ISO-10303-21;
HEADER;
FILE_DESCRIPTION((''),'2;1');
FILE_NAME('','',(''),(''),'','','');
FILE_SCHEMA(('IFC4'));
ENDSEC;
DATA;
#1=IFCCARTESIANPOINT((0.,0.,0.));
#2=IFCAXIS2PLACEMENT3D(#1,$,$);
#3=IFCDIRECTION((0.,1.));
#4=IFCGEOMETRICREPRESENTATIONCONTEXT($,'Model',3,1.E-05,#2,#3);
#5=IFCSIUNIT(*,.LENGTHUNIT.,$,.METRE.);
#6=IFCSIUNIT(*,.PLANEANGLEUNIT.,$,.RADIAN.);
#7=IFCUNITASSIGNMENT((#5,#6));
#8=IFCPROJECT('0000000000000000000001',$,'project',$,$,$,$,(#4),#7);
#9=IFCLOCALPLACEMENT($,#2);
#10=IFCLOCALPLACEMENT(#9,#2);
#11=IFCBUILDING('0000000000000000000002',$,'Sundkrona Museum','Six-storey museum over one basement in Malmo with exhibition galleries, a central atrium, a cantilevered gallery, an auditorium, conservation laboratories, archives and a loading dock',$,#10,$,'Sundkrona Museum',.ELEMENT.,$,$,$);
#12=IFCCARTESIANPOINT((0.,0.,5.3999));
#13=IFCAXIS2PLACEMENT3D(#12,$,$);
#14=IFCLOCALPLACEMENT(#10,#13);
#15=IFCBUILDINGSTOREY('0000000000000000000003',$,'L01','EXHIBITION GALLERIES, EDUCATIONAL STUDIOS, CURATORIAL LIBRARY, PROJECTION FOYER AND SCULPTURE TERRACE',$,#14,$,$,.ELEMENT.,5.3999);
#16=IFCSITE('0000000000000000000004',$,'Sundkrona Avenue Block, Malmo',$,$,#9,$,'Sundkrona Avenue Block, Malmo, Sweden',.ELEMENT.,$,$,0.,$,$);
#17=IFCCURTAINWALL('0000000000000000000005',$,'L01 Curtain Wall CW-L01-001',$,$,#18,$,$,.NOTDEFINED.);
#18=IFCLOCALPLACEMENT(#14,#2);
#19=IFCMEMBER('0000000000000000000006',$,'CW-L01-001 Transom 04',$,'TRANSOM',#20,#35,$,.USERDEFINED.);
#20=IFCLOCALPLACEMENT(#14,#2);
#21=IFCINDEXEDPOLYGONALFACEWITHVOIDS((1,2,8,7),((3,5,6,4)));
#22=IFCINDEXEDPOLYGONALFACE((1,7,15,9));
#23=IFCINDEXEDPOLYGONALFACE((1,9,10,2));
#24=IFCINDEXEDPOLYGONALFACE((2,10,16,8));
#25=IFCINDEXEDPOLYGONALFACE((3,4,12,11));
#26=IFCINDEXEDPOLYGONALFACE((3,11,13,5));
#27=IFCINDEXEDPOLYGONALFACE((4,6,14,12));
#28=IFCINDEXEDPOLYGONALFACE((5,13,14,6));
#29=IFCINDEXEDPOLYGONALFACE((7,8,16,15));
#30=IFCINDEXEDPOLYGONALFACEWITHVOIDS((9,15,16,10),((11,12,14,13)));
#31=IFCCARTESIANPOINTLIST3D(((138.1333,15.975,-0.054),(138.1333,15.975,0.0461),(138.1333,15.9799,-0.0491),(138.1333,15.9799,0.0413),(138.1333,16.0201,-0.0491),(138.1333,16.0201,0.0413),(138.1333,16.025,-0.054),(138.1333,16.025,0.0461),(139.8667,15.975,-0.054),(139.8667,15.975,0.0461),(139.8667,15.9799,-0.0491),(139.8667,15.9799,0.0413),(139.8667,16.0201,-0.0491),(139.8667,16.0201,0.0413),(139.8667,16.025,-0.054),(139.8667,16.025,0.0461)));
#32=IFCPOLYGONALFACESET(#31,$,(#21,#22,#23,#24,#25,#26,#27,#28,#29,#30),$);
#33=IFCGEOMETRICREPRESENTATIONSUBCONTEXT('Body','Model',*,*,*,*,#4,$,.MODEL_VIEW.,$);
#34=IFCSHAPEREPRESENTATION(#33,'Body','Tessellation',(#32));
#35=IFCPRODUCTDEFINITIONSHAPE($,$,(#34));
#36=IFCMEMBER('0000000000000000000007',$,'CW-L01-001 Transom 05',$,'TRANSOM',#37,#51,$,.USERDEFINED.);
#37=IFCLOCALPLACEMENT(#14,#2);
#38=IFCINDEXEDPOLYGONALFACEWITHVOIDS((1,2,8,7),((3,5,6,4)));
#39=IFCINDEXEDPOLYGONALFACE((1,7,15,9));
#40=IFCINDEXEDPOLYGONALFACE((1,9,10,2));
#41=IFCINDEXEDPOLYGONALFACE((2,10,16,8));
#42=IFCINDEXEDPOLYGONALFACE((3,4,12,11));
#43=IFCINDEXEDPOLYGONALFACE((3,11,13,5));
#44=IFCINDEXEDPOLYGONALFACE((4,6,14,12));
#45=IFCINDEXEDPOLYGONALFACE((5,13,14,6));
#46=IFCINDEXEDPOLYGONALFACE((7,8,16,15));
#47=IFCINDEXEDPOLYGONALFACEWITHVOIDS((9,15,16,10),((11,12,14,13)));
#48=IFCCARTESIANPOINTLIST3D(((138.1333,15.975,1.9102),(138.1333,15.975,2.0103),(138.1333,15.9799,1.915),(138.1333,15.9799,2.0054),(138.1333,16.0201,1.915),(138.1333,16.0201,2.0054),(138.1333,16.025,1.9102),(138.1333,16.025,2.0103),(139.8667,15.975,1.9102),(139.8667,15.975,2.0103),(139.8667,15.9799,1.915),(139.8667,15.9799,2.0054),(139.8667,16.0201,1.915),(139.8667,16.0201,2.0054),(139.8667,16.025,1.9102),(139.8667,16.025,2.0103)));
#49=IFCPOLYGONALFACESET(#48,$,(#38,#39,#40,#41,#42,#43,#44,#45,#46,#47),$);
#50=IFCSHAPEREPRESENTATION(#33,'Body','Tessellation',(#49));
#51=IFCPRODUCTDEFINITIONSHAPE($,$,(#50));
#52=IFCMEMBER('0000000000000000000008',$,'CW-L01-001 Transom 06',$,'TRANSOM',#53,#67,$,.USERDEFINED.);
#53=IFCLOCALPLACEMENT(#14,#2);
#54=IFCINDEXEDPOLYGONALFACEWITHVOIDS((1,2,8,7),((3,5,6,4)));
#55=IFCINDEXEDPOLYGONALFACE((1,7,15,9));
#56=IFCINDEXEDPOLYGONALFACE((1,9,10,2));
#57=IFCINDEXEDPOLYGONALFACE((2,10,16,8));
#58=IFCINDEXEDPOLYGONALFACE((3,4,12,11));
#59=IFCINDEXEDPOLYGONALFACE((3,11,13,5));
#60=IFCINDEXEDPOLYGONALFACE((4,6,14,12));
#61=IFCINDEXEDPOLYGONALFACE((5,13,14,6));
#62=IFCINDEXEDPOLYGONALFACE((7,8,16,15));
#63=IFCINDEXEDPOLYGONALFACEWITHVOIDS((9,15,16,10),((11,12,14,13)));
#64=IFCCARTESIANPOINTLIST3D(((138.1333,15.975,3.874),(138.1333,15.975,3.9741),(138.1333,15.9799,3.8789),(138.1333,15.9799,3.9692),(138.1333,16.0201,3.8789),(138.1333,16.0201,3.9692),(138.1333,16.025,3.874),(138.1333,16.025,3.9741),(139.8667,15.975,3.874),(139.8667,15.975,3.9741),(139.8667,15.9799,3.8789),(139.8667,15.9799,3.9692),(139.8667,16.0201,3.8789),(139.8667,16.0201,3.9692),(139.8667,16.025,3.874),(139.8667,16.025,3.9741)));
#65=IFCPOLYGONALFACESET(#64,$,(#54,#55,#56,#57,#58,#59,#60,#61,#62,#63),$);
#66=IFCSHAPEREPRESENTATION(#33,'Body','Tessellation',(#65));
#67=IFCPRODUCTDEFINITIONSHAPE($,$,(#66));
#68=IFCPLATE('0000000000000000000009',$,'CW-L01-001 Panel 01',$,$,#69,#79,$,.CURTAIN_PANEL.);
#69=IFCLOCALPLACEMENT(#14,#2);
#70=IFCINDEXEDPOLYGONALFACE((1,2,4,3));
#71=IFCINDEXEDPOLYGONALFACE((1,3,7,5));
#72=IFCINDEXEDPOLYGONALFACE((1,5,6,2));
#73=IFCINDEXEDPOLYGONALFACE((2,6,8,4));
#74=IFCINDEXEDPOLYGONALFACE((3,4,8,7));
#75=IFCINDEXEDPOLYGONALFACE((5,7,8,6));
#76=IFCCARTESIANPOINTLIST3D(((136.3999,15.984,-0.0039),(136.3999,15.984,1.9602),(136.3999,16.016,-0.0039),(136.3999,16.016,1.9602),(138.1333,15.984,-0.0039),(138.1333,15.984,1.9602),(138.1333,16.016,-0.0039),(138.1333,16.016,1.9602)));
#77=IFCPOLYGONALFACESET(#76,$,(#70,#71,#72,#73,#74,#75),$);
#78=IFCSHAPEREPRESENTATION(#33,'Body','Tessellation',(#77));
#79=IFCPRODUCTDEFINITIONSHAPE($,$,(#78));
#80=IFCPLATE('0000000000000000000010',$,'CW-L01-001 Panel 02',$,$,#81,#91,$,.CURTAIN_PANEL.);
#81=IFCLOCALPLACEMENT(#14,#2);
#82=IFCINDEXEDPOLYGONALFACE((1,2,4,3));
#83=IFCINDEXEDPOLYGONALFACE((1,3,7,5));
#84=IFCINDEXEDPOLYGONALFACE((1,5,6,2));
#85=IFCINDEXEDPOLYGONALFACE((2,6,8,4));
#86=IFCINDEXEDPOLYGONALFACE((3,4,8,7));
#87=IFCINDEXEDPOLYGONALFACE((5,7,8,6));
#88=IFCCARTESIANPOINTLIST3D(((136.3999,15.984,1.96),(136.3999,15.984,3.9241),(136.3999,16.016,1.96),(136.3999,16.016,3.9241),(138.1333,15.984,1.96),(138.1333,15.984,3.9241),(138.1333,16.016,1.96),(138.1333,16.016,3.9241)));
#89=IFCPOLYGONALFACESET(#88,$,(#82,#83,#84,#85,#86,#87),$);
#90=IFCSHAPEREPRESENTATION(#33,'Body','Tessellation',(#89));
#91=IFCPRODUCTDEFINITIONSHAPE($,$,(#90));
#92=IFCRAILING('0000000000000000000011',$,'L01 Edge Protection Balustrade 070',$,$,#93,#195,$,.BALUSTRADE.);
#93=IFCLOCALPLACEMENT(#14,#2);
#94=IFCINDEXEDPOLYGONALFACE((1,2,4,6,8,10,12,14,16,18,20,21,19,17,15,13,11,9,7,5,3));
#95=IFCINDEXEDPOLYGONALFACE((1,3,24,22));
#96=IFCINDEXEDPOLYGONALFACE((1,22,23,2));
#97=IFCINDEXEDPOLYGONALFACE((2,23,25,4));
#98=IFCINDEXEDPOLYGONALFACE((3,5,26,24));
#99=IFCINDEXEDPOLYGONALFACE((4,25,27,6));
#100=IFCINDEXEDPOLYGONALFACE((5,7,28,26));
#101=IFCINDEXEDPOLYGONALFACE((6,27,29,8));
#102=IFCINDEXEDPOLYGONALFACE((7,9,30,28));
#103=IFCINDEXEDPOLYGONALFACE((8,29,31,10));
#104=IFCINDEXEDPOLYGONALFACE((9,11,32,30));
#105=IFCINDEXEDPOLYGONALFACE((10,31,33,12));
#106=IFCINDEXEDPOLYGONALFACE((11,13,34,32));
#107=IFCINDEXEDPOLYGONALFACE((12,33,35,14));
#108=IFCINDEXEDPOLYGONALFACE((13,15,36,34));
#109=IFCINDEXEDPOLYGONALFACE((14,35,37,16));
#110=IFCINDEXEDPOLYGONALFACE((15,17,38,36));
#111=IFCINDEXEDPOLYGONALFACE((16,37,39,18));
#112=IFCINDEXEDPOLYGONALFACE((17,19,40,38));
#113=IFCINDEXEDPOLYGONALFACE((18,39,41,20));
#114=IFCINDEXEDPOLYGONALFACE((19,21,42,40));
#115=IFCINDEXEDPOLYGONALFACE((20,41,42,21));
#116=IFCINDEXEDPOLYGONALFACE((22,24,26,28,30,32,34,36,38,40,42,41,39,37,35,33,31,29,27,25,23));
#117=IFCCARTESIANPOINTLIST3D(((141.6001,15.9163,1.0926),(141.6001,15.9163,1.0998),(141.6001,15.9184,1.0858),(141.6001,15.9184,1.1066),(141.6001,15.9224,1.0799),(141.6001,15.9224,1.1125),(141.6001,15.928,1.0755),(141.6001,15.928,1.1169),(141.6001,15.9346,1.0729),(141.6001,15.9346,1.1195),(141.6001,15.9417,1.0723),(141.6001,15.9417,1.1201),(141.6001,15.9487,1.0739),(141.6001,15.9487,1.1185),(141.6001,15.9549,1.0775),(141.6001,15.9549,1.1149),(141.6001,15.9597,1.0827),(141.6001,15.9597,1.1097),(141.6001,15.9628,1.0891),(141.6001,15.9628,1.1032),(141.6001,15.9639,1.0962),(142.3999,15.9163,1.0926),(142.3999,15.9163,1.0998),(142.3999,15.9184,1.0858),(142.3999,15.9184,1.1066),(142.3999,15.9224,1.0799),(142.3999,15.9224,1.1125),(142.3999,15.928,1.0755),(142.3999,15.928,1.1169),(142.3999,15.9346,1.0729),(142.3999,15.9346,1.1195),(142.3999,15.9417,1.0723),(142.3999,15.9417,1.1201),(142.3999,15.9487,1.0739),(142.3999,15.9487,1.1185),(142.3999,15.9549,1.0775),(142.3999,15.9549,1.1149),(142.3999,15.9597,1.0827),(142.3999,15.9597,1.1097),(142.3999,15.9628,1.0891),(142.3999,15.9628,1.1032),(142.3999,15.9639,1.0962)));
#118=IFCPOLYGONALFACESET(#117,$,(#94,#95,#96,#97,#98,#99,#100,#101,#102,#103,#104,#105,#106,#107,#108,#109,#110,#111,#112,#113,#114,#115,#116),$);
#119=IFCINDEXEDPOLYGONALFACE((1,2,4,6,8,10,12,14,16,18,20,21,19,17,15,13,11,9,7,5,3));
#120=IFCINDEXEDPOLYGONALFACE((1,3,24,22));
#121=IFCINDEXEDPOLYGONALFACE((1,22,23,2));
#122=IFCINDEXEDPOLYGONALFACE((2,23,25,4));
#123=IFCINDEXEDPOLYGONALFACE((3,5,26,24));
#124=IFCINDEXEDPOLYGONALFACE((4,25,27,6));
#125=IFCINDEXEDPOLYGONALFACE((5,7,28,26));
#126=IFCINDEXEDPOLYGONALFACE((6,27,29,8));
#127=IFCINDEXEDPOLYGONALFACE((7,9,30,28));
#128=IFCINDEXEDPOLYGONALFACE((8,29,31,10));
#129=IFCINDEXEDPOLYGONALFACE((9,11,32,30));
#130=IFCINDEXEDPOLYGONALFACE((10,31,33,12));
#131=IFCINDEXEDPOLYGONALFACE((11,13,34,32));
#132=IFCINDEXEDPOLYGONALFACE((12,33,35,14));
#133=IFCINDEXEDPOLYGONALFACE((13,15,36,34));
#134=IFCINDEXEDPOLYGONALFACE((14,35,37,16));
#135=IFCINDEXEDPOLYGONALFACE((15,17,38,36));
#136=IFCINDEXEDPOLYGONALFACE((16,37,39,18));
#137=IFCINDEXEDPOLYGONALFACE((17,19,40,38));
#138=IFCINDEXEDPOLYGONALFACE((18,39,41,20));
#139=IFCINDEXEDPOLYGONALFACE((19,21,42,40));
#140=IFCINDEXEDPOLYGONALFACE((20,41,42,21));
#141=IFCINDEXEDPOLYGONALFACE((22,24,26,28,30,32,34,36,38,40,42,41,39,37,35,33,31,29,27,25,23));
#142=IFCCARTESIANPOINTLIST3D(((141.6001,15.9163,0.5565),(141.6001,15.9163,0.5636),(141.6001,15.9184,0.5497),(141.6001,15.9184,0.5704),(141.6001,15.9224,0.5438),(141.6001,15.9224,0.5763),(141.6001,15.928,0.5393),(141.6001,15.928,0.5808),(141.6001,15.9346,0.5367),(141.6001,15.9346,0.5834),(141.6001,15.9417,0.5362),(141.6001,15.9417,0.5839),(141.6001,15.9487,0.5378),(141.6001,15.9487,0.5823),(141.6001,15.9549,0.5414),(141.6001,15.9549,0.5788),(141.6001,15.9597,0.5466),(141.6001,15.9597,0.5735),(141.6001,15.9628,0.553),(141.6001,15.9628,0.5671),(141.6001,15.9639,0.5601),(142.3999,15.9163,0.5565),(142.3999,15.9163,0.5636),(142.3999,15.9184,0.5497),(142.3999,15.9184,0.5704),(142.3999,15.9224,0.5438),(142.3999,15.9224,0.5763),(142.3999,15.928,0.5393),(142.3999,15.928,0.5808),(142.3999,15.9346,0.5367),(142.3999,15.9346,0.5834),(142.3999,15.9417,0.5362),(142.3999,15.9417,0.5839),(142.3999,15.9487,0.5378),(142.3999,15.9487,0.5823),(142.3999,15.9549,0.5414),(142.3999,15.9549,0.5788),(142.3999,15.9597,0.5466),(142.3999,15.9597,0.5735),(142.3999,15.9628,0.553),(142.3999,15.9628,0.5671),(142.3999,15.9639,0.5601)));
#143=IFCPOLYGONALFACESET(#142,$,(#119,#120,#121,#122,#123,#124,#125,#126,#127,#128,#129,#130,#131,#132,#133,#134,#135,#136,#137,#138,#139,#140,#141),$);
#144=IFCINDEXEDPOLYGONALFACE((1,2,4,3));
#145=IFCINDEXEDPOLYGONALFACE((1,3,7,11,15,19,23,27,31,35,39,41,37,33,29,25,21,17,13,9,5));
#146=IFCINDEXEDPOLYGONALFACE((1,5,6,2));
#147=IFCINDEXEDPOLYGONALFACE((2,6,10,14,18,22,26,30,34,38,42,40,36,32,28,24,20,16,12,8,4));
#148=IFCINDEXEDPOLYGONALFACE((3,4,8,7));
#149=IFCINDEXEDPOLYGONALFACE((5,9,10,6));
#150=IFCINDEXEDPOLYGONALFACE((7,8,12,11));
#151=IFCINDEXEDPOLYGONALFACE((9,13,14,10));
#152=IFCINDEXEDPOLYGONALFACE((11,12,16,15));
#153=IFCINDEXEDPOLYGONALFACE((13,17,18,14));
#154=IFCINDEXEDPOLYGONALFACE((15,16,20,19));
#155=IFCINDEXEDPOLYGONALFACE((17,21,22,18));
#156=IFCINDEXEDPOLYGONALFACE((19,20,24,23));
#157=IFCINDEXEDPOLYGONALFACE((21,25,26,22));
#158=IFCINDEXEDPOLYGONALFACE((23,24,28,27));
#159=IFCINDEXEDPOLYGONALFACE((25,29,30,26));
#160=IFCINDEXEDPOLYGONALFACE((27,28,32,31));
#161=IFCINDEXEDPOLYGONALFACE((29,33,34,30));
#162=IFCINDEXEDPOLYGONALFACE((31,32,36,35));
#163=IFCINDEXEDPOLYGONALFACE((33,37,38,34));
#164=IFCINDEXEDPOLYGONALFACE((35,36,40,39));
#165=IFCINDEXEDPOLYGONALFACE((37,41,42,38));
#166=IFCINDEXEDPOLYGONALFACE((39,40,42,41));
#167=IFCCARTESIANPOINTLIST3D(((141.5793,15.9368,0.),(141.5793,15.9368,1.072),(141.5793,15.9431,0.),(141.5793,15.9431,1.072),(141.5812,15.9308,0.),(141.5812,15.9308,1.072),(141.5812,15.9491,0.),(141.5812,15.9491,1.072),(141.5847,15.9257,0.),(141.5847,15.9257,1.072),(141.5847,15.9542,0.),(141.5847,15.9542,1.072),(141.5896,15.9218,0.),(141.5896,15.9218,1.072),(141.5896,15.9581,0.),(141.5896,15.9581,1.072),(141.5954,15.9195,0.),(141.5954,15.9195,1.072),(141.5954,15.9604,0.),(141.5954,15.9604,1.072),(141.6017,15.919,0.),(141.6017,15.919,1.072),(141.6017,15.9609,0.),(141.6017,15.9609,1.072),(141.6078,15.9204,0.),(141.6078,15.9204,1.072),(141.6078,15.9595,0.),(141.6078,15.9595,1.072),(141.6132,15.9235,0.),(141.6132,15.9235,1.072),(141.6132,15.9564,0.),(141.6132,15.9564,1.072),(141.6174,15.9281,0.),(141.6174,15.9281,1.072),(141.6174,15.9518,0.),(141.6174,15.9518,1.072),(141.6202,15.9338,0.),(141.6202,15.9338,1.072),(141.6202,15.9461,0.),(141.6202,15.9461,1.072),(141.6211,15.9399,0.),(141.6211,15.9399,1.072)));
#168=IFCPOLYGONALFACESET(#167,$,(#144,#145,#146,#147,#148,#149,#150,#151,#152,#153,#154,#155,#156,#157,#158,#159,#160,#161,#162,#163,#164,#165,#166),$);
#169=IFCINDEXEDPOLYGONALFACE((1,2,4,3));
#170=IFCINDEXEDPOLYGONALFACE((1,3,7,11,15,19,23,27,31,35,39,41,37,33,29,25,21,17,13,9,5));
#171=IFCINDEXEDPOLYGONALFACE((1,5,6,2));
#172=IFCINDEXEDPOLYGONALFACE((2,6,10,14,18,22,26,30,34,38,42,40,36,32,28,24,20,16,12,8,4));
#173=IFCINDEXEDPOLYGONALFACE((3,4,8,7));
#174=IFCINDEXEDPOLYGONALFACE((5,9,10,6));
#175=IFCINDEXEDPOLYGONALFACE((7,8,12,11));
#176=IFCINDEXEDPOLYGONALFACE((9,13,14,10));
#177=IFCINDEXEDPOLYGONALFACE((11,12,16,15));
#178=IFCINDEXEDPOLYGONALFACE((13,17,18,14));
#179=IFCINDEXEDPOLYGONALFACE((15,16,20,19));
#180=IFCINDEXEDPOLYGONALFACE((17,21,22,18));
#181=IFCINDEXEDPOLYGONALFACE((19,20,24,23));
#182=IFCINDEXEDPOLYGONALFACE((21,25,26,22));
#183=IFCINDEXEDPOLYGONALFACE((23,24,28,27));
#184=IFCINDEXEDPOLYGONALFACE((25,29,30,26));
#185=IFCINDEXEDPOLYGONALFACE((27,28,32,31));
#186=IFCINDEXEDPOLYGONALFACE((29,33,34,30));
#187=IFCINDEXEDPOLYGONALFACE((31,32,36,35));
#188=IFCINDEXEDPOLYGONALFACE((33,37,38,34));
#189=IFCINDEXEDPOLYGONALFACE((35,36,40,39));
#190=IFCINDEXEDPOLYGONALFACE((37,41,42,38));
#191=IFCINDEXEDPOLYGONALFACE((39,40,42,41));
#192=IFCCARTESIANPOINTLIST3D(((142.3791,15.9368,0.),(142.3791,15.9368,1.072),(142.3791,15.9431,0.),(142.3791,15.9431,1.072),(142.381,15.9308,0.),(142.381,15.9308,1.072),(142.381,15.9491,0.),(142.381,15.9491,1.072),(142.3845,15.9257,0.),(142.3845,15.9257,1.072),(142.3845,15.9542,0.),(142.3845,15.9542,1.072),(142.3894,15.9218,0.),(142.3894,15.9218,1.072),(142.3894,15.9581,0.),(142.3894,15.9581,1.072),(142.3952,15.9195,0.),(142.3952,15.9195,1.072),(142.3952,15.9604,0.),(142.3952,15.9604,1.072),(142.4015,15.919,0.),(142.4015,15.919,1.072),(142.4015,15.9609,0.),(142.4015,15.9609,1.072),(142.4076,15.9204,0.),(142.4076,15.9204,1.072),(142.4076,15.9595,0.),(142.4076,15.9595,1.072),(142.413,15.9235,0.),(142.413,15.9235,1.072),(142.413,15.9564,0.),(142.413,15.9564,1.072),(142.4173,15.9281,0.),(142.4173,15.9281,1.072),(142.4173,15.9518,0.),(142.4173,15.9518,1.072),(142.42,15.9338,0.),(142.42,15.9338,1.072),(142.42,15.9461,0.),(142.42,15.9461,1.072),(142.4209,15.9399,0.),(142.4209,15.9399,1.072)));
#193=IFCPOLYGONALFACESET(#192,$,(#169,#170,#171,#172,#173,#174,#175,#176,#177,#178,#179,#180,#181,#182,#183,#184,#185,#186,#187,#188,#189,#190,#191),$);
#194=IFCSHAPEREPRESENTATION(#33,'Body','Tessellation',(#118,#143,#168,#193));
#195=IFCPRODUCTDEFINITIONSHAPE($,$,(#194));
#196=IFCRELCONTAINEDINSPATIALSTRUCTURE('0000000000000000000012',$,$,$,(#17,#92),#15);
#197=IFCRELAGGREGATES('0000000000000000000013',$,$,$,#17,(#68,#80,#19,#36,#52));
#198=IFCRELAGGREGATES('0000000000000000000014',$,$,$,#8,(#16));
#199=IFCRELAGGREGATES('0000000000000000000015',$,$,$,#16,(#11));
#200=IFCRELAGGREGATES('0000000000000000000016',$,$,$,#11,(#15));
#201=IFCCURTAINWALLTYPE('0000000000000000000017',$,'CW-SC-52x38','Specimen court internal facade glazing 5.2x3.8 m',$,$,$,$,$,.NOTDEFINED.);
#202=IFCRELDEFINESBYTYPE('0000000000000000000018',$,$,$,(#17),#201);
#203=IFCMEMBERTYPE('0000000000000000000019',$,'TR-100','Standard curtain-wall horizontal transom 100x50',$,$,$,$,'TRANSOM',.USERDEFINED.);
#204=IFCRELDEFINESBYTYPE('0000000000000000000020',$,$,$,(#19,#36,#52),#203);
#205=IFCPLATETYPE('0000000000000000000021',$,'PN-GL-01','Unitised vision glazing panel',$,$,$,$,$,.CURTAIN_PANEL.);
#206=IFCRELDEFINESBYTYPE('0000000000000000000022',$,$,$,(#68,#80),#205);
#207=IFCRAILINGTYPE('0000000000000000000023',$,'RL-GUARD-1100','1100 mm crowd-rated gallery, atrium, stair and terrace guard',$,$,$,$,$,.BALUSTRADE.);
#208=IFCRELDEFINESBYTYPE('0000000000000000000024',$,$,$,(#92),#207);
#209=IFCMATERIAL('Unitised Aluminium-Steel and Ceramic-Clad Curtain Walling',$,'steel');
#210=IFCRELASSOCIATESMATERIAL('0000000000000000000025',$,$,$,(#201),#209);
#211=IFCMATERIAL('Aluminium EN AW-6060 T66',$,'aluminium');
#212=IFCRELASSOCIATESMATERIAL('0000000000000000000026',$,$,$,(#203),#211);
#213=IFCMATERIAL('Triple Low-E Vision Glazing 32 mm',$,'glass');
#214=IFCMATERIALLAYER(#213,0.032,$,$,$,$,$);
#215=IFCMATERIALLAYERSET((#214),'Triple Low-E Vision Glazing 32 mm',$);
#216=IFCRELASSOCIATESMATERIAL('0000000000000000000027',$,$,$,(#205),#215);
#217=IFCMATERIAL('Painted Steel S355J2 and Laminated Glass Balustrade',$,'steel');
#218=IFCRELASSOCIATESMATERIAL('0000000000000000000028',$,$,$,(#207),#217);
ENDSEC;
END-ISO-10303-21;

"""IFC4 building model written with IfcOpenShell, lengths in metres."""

from ifc_helpers import new_model, si_unit, direction, frame, origin, origin_2d, place, context, subcontext, project, spatial, rectangle, hollow_rectangle, circle, extrude, material, layer, layer_set, material_profile, profile_set, type_object, element, aggregate, save


model = new_model("IFC4")

# Units and contexts
model_context = context("Model", 3, precision=1e-05, world=origin(), true_north=direction((0.0, 1.0)))
body_context = subcontext(model_context, "Body", "Model", "MODEL_VIEW")
ifc_project = project(units=[si_unit("LENGTHUNIT", "METRE"), si_unit("PLANEANGLEUNIT", "RADIAN")], contexts=[model_context])

# Site, building, storey
site_placement = place(None, origin())
site = spatial("IfcSite", under=ifc_project, at=site_placement, Name="Sundkrona Avenue Block, Malmo", LongName="Sundkrona Avenue Block, Malmo, Sweden", CompositionType="ELEMENT", RefElevation=0.0)
building_placement = place(site_placement, origin())
building = spatial("IfcBuilding", under=site, at=building_placement, Name="Sundkrona Museum", Description="Six-storey museum over one basement in Malmo with exhibition galleries, a central atrium, a cantilevered gallery, an auditorium, conservation laboratories, archives and a loading dock", LongName="Sundkrona Museum", CompositionType="ELEMENT")
storey_placement = place(building_placement, frame((0.0, 0.0, 5.3999)))
storey = spatial("IfcBuildingStorey", under=building, at=storey_placement, Name="L01", Description="EXHIBITION GALLERIES, EDUCATIONAL STUDIOS, CURATORIAL LIBRARY, PROJECTION FOYER AND SCULPTURE TERRACE", CompositionType="ELEMENT", Elevation=5.3999)

# Curtain wall, members, plates
ifc_material_1 = material(Name="Unitised Aluminium-Steel and Ceramic-Clad Curtain Walling", Category="steel")
curtain_wall_type = type_object("IfcCurtainWallType", Name="CW-SC-52x38", Description="Specimen court internal facade glazing 5.2x3.8 m", PredefinedType="NOTDEFINED", material=ifc_material_1)
curtain_wall_placement = place(storey_placement, origin())
curtain_wall = element("IfcCurtainWall", 1, at=curtain_wall_placement, inside=storey, type_object=curtain_wall_type, Name="L01 Curtain Wall CW-L01-001", PredefinedType="NOTDEFINED")
ifc_material_2 = material(Name="Aluminium EN AW-6060 T66", Category="aluminium")
ifc_material_profile_1 = material_profile(ifc_material_2, hollow_rectangle(XDim=0.05, YDim=0.1001, WallThickness=0.0049, at=origin_2d()), Name="RHS 100x50x5.0")
ifc_profile_set_1 = profile_set([ifc_material_profile_1], Name="Aluminium EN AW-6060 T66")
member_type_1 = type_object("IfcMemberType", Name="TR-100", Description="Standard curtain-wall horizontal transom 100x50", ElementType="TRANSOM", PredefinedType="USERDEFINED", material=ifc_profile_set_1)
member_1_placement = place(storey_placement, frame((138.1333, 16.0, -0.0039), z_axis=(1.0, 0.0, 0.0), x_axis=(0.0, 1.0, 0.0)))
member_1 = element("IfcMember", 2, at=member_1_placement, type_object=member_type_1, Name="CW-L01-001 Transom 04", ObjectType="TRANSOM", PredefinedType="USERDEFINED", context=body_context, shape_type="SweptSolid", body=[
    extrude(hollow_rectangle(XDim=0.05, YDim=0.1001, WallThickness=0.0049, at=origin_2d()), origin(), (0.0, 0.0, 1.0), 1.7334),
])
member_2_placement = place(storey_placement, frame((138.1333, 16.0, 1.9602), z_axis=(1.0, 0.0, 0.0), x_axis=(0.0, 1.0, 0.0)))
member_2 = element("IfcMember", 3, at=member_2_placement, type_object=member_type_1, Name="CW-L01-001 Transom 05", ObjectType="TRANSOM", PredefinedType="USERDEFINED", context=body_context, shape_type="SweptSolid", body=[
    extrude(hollow_rectangle(XDim=0.05, YDim=0.1001, WallThickness=0.0049, at=origin_2d()), origin(), (0.0, 0.0, 1.0), 1.7334),
])
member_3_placement = place(storey_placement, frame((138.1333, 16.0, 3.9241), z_axis=(1.0, 0.0, 0.0), x_axis=(0.0, 1.0, 0.0)))
member_3 = element("IfcMember", 4, at=member_3_placement, type_object=member_type_1, Name="CW-L01-001 Transom 06", ObjectType="TRANSOM", PredefinedType="USERDEFINED", context=body_context, shape_type="SweptSolid", body=[
    extrude(hollow_rectangle(XDim=0.05, YDim=0.1001, WallThickness=0.0049, at=origin_2d()), origin(), (0.0, 0.0, 1.0), 1.7334),
])
ifc_material_3 = material(Name="Triple Low-E Vision Glazing 32 mm", Category="glass")
ifc_layer = layer(ifc_material_3, 0.032)
ifc_layer_set = layer_set([ifc_layer], Name="Triple Low-E Vision Glazing 32 mm")
plate_type = type_object("IfcPlateType", Name="PN-GL-01", Description="Unitised vision glazing panel", PredefinedType="CURTAIN_PANEL", material=ifc_layer_set)
plate_1_placement = place(storey_placement, frame((137.2666, 16.0, -0.0039), z_axis=(0.0, 0.0, 1.0), x_axis=(1.0, 0.0, 0.0)))
plate_1 = element("IfcPlate", 5, at=plate_1_placement, type_object=plate_type, Name="CW-L01-001 Panel 01", PredefinedType="CURTAIN_PANEL", context=body_context, shape_type="SweptSolid", body=[
    extrude(rectangle(XDim=1.7334, YDim=0.032, at=origin_2d()), origin(), (0.0, 0.0, 1.0), 1.9641),
])
plate_2_placement = place(storey_placement, frame((137.2666, 16.0, 1.96), z_axis=(0.0, 0.0, 1.0), x_axis=(1.0, 0.0, 0.0)))
plate_2 = element("IfcPlate", 6, at=plate_2_placement, type_object=plate_type, Name="CW-L01-001 Panel 02", PredefinedType="CURTAIN_PANEL", context=body_context, shape_type="SweptSolid", body=[
    extrude(rectangle(XDim=1.7334, YDim=0.032, at=origin_2d()), origin(), (0.0, 0.0, 1.0), 1.9641),
])
aggregate(curtain_wall, [plate_1, plate_2, member_1, member_2, member_3])

# Railing
ifc_material_4 = material(Name="Painted Steel S355J2 and Laminated Glass Balustrade", Category="steel")
railing_type = type_object("IfcRailingType", Name="RL-GUARD-1100", Description="1100 mm crowd-rated gallery, atrium, stair and terrace guard", PredefinedType="BALUSTRADE", material=ifc_material_4)
railing_placement = place(storey_placement, frame((141.6001, 15.9399, 0.0)))
element("IfcRailing", 7, at=railing_placement, inside=storey, type_object=railing_type, Name="L01 Edge Protection Balustrade 070", PredefinedType="BALUSTRADE", context=body_context, shape_type="SweptSolid", body=[
    extrude(circle(Radius=0.0239, at=origin_2d()), frame((0.0, 0.0, 1.0962), z_axis=(1.0, 0.0, 0.0), x_axis=(0.0, 1.0, 0.0)), (0.0, 0.0, 1.0), 0.7998),
    extrude(circle(Radius=0.0239, at=origin_2d()), frame((0.0, 0.0, 0.5601), z_axis=(1.0, 0.0, 0.0), x_axis=(0.0, 1.0, 0.0)), (0.0, 0.0, 1.0), 0.7998),
    extrude(circle(Radius=0.021, at=origin_2d()), origin(), (0.0, 0.0, 1.0), 1.072),
    extrude(circle(Radius=0.021, at=origin_2d()), frame((0.7998, 0.0, 0.0)), (0.0, 0.0, 1.0), 1.072),
])

save(model, "model.ifc")
